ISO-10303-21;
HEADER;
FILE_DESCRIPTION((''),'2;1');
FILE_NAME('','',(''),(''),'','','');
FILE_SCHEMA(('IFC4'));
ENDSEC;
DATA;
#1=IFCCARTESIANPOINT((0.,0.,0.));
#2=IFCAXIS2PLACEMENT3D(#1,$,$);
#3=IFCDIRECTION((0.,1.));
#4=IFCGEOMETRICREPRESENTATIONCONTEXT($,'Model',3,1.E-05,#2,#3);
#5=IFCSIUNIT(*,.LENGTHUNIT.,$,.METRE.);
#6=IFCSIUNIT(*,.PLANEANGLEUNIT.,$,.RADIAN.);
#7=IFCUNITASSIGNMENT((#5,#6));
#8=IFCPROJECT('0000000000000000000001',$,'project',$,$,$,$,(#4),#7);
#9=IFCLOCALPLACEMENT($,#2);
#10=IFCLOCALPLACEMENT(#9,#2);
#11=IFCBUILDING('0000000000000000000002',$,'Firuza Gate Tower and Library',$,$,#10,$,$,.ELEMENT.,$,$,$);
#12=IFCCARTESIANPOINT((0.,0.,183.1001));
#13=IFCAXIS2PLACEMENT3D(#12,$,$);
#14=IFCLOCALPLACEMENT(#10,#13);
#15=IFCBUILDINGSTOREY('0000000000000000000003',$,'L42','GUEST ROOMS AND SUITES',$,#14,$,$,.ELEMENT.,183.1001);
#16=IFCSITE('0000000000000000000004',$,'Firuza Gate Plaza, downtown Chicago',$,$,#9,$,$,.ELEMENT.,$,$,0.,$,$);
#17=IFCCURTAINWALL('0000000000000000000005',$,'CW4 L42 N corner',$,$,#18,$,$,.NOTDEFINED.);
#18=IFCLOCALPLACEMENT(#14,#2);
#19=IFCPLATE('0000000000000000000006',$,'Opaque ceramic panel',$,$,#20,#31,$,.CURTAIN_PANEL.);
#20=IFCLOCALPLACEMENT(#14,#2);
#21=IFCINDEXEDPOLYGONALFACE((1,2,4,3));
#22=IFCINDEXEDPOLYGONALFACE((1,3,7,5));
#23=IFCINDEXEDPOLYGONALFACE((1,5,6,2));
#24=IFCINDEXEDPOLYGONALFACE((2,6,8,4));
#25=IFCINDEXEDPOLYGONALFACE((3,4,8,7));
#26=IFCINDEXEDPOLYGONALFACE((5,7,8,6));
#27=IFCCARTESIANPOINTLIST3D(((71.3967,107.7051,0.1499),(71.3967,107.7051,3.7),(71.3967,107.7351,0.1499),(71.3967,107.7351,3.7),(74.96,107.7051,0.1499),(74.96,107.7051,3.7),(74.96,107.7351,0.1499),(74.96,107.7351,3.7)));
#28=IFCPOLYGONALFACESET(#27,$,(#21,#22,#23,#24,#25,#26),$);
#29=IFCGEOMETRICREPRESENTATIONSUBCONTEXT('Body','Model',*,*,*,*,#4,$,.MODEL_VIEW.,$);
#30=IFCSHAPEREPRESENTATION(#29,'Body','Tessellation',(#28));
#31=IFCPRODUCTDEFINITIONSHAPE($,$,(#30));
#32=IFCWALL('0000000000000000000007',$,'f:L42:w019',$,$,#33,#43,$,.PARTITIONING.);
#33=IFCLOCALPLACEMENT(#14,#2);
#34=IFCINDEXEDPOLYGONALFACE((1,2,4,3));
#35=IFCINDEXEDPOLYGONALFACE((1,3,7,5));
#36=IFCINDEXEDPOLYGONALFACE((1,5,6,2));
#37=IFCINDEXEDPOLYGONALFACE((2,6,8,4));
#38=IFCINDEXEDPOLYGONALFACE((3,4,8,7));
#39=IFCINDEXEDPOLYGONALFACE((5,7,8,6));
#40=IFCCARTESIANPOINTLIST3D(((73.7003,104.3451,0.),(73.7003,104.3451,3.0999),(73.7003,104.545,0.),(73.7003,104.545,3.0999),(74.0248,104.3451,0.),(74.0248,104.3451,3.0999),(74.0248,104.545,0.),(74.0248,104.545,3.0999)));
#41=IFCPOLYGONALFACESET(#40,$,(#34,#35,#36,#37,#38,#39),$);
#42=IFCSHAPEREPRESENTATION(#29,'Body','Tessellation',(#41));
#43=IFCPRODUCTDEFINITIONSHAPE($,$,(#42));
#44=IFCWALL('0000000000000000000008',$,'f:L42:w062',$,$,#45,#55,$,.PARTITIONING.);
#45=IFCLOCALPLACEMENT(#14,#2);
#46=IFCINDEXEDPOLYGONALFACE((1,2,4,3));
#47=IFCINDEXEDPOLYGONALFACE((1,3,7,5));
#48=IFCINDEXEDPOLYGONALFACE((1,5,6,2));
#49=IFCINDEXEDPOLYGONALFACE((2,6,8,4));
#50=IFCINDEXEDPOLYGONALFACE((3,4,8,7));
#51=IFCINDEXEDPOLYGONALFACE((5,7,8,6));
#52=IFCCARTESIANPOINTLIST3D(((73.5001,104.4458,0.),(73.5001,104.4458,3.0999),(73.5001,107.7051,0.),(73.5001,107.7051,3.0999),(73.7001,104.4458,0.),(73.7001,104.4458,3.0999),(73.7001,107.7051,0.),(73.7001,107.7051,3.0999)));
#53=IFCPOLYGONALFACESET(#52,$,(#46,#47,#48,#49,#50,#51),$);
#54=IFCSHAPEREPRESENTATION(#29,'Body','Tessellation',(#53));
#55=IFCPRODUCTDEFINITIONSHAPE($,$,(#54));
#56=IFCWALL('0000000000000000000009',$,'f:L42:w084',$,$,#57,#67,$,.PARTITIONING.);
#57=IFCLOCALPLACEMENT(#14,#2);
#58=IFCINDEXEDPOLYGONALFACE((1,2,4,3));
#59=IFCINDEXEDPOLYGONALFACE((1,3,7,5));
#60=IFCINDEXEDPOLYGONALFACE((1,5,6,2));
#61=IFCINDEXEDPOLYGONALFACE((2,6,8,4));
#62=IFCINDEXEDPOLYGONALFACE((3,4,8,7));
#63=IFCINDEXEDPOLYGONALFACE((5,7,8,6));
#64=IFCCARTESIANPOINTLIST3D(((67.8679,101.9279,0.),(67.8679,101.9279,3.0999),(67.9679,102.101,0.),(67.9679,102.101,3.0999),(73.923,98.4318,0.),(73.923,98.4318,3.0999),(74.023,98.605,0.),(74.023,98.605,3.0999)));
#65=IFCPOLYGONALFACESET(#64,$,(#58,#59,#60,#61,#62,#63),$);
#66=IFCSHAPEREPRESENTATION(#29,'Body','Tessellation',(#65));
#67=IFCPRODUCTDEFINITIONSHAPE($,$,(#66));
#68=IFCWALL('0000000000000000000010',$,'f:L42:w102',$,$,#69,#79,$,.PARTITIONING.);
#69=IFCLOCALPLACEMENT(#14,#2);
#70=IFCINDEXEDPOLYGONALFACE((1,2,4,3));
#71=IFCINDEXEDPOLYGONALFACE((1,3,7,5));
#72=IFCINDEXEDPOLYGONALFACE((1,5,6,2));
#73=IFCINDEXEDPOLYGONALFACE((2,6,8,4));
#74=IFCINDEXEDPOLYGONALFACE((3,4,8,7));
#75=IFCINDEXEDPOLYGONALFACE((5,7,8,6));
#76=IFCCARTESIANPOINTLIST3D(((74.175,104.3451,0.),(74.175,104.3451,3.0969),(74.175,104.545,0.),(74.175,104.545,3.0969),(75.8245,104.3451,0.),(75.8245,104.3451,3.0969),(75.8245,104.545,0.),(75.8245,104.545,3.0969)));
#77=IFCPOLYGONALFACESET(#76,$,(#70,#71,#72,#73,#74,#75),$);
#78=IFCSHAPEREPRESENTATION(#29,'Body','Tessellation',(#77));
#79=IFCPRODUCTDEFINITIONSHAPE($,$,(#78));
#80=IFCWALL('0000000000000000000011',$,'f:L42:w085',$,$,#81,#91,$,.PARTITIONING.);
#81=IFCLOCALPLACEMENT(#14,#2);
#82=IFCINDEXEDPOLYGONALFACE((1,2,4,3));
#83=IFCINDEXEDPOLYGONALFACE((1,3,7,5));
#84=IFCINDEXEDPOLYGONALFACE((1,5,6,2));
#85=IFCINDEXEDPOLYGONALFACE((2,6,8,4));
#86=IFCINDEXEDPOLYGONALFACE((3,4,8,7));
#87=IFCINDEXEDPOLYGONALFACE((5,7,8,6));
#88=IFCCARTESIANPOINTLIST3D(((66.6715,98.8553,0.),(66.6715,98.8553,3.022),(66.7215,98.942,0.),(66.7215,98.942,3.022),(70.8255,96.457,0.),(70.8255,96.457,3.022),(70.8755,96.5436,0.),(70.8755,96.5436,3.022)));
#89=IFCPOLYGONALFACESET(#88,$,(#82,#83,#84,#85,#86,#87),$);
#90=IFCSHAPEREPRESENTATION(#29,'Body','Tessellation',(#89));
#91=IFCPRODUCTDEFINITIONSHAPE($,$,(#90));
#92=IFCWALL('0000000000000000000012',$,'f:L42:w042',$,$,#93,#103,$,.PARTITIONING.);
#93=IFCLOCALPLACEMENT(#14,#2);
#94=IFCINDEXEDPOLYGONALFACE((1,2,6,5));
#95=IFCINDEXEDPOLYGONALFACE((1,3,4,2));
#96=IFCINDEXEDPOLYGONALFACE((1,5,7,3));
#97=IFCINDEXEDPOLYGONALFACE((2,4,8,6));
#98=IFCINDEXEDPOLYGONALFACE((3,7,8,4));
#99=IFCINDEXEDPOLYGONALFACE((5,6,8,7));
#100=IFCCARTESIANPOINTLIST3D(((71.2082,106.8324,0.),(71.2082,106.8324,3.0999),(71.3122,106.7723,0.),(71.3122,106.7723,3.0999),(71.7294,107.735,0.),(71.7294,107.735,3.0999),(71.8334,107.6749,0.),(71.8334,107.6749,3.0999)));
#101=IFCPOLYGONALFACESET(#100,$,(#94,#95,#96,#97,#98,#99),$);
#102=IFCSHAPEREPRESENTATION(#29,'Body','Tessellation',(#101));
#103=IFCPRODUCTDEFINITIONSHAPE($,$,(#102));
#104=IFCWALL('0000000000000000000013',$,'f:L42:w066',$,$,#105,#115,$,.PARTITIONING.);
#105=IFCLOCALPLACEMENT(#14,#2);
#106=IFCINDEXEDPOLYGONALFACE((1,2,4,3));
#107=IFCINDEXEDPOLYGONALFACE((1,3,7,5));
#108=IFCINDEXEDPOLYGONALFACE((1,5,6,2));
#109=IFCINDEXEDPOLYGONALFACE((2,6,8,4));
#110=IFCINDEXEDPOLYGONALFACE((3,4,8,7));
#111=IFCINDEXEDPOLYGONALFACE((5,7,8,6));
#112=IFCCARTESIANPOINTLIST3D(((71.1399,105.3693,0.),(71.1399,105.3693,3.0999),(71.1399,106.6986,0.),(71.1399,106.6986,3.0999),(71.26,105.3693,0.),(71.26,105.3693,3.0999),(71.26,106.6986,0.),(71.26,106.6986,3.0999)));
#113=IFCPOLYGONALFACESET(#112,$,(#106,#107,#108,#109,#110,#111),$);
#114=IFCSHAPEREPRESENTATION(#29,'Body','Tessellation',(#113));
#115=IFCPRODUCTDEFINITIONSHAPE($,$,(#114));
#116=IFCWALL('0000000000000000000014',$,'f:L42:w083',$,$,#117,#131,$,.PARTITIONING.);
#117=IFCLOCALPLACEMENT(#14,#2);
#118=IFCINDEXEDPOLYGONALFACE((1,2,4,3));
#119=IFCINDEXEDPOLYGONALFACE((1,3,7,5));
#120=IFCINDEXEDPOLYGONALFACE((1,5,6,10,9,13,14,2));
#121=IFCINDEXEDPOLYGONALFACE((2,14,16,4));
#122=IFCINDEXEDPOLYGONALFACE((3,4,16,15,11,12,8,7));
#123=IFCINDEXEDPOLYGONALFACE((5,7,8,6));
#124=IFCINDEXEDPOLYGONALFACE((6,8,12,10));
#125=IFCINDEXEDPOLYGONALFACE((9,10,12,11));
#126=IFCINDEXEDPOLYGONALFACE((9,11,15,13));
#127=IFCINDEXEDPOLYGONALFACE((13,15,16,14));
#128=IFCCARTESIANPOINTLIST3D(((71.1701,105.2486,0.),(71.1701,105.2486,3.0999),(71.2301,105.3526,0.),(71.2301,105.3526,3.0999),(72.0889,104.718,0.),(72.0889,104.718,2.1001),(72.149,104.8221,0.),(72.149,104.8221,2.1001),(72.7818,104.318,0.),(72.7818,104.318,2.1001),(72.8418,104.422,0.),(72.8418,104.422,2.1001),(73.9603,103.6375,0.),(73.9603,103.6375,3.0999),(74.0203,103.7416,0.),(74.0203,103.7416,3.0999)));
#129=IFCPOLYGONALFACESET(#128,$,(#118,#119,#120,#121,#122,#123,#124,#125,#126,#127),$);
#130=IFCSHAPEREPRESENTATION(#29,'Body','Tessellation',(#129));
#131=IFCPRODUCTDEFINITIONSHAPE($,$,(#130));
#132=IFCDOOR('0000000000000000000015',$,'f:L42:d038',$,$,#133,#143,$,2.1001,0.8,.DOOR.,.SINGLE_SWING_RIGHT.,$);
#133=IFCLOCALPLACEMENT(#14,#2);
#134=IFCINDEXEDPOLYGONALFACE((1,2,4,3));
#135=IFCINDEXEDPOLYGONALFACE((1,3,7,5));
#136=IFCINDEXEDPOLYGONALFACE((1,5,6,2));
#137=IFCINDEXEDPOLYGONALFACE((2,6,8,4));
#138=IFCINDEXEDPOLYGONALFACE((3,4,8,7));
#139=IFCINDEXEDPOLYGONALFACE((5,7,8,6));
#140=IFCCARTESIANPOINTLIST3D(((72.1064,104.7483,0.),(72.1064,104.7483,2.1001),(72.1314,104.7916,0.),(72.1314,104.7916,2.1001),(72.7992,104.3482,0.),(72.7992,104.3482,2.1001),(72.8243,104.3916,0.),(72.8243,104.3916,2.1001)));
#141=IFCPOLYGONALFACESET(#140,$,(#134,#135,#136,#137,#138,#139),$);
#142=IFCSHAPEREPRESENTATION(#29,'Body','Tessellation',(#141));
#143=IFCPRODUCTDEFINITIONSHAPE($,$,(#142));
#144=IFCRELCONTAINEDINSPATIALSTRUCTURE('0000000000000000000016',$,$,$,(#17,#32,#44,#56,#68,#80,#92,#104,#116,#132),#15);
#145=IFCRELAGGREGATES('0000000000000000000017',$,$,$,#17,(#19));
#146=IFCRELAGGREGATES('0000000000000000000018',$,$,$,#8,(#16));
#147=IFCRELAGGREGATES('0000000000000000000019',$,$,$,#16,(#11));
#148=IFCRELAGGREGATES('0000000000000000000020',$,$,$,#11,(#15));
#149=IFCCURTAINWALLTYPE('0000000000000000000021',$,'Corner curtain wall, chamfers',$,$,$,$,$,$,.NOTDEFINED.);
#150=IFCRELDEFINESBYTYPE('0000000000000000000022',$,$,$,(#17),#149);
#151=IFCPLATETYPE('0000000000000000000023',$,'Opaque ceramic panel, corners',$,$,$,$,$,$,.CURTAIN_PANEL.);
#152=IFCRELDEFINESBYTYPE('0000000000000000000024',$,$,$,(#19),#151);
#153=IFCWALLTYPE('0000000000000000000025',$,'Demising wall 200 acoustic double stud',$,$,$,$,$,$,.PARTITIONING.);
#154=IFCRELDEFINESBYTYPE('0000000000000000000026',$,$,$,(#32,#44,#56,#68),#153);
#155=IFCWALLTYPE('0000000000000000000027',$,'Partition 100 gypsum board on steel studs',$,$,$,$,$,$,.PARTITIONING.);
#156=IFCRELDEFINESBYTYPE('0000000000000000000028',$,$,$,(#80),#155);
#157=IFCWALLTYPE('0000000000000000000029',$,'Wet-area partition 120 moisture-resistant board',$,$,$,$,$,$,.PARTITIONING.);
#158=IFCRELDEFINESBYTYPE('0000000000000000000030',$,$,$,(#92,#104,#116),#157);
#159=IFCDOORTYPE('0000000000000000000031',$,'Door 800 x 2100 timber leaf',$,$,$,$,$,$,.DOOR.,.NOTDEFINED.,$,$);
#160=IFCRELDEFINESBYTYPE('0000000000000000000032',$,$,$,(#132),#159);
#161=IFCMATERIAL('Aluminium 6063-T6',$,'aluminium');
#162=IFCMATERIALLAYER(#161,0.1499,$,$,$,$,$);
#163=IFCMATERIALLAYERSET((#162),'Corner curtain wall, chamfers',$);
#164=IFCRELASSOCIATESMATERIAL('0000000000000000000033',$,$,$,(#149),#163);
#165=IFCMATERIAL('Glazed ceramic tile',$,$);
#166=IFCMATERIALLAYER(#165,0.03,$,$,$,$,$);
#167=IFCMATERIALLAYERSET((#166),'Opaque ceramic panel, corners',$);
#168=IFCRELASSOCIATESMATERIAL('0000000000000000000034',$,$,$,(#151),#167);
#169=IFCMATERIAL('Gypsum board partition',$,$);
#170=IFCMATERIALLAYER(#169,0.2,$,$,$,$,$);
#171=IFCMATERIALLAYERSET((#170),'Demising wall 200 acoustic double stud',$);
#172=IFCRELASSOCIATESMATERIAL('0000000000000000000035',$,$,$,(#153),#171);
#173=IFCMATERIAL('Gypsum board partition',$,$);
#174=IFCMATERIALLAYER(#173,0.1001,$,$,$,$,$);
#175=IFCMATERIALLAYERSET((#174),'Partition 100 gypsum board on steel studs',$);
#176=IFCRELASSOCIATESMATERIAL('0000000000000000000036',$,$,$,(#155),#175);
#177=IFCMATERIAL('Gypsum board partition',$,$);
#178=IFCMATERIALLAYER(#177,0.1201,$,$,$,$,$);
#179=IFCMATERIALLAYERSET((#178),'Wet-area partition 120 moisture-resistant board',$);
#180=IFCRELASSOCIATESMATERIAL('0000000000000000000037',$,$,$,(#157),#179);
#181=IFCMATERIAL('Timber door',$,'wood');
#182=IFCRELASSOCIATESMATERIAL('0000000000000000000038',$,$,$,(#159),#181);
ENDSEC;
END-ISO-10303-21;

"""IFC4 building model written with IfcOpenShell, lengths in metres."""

from ifc_helpers import new_model, si_unit, direction, frame, frame_2d, origin, place, context, subcontext, project, spatial, polyline, rectangle, outline, extrude, material, layer, layer_set, type_object, element, fill, aggregate, save


model = new_model("IFC4")

# Units and contexts
model_context = context("Model", 3, precision=1e-05, world=origin(), true_north=direction((0.0, 1.0)))
body_context = subcontext(model_context, "Body", "Model", "MODEL_VIEW")
ifc_project = project(units=[si_unit("LENGTHUNIT", "METRE"), si_unit("PLANEANGLEUNIT", "RADIAN")], contexts=[model_context])

# Site, building, storey
site_placement = place(None, origin())
site = spatial("IfcSite", under=ifc_project, at=site_placement, Name="Firuza Gate Plaza, downtown Chicago", CompositionType="ELEMENT", RefElevation=0.0)
building_placement = place(site_placement, origin())
building = spatial("IfcBuilding", under=site, at=building_placement, Name="Firuza Gate Tower and Library", CompositionType="ELEMENT")
storey_placement = place(building_placement, frame((0.0, 0.0, 183.1001)))
storey = spatial("IfcBuildingStorey", under=building, at=storey_placement, Name="L42", Description="GUEST ROOMS AND SUITES", CompositionType="ELEMENT", Elevation=183.1001)

# Curtain wall, plate
ifc_material_1 = material(Name="Aluminium 6063-T6", Category="aluminium")
ifc_layer_1 = layer(ifc_material_1, 0.1499)
ifc_layer_set_1 = layer_set([ifc_layer_1], Name="Corner curtain wall, chamfers")
curtain_wall_type = type_object("IfcCurtainWallType", Name="Corner curtain wall, chamfers", PredefinedType="NOTDEFINED", material=ifc_layer_set_1)
curtain_wall_placement = place(storey_placement, origin())
curtain_wall = element("IfcCurtainWall", 1, at=curtain_wall_placement, inside=storey, type_object=curtain_wall_type, Name="CW4 L42 N corner", PredefinedType="NOTDEFINED")
ifc_material_2 = material(Name="Glazed ceramic tile")
ifc_layer_2 = layer(ifc_material_2, 0.03)
ifc_layer_set_2 = layer_set([ifc_layer_2], Name="Opaque ceramic panel, corners")
plate_type = type_object("IfcPlateType", Name="Opaque ceramic panel, corners", PredefinedType="CURTAIN_PANEL", material=ifc_layer_set_2)
plate_placement = place(storey_placement, frame((74.96, 107.7351, 0.1499), z_axis=(0.0, 1.0, 0.0), x_axis=(-1.0, 0.0, 0.0)))
plate = element("IfcPlate", 2, at=plate_placement, type_object=plate_type, Name="Opaque ceramic panel", PredefinedType="CURTAIN_PANEL", context=body_context, shape_type="SweptSolid", body=[
    extrude(outline(polyline([(0.0, 0.0), (3.5632, 0.0), (3.5632, 3.55), (0.0, 3.55), (0.0, 0.0)])), origin(), (0.0, 0.0, -1.0), 0.03),
])
aggregate(curtain_wall, [plate])

# Walls
ifc_material_3 = material(Name="Gypsum board partition")
ifc_layer_3 = layer(ifc_material_3, 0.2)
ifc_layer_set_3 = layer_set([ifc_layer_3], Name="Demising wall 200 acoustic double stud")
wall_type_1 = type_object("IfcWallType", Name="Demising wall 200 acoustic double stud", PredefinedType="PARTITIONING", material=ifc_layer_set_3)
wall_1_placement = place(storey_placement, frame((73.7004, 104.4451, 0.0), z_axis=(0.0, 0.0, 1.0), x_axis=(1.0, 0.0, 0.0)))
element("IfcWall", 3, at=wall_1_placement, inside=storey, type_object=wall_type_1, Name="f:L42:w019", PredefinedType="PARTITIONING", context=body_context, shape_type="SweptSolid", body=[
    extrude(rectangle(XDim=0.3245, YDim=0.2, at=frame_2d((0.1621, 0.0))), origin(), (0.0, 0.0, 1.0), 3.0999),
])
wall_2_placement = place(storey_placement, frame((73.6001, 104.4458, 0.0), z_axis=(0.0, 0.0, 1.0), x_axis=(0.0, 1.0, 0.0)))
element("IfcWall", 4, at=wall_2_placement, inside=storey, type_object=wall_type_1, Name="f:L42:w062", PredefinedType="PARTITIONING", context=body_context, shape_type="SweptSolid", body=[
    extrude(rectangle(XDim=3.2593, YDim=0.2, at=frame_2d((1.6296, 0.0))), origin(), (0.0, 0.0, 1.0), 3.0999),
])
wall_3_placement = place(storey_placement, frame((73.9731, 98.5183, 0.0), z_axis=(0.0, 0.0, 1.0), x_axis=(-0.866017, 0.500015, 0.0)))
element("IfcWall", 5, at=wall_3_placement, inside=storey, type_object=wall_type_1, Name="f:L42:w084", PredefinedType="PARTITIONING", context=body_context, shape_type="SweptSolid", body=[
    extrude(rectangle(XDim=6.9919, YDim=0.2, at=frame_2d((3.4961, 0.0))), origin(), (0.0, 0.0, 1.0), 3.0999),
])
wall_4_placement = place(storey_placement, frame((74.175, 104.4451, 0.0), z_axis=(0.0, 0.0, 1.0), x_axis=(1.0, 0.0, 0.0)))
element("IfcWall", 6, at=wall_4_placement, inside=storey, type_object=wall_type_1, Name="f:L42:w102", PredefinedType="PARTITIONING", context=body_context, shape_type="SweptSolid", body=[
    extrude(rectangle(XDim=1.6494, YDim=0.2, at=frame_2d((0.8247, 0.0))), origin(), (0.0, 0.0, 1.0), 3.0969),
])
ifc_material_4 = material(Name="Gypsum board partition")
ifc_layer_4 = layer(ifc_material_4, 0.1001)
ifc_layer_set_4 = layer_set([ifc_layer_4], Name="Partition 100 gypsum board on steel studs")
wall_type_2 = type_object("IfcWallType", Name="Partition 100 gypsum board on steel studs", PredefinedType="PARTITIONING", material=ifc_layer_set_4)
wall_5_placement = place(storey_placement, frame((70.8506, 96.5002, 0.0), z_axis=(0.0, 0.0, 1.0), x_axis=(-0.866017, 0.500015, 0.0)))
element("IfcWall", 7, at=wall_5_placement, inside=storey, type_object=wall_type_2, Name="f:L42:w085", PredefinedType="PARTITIONING", context=body_context, shape_type="SweptSolid", body=[
    extrude(rectangle(XDim=4.7966, YDim=0.1001, at=frame_2d((2.3984, 0.0))), origin(), (0.0, 0.0, 1.0), 3.022),
])
ifc_material_5 = material(Name="Gypsum board partition")
ifc_layer_5 = layer(ifc_material_5, 0.1201)
ifc_layer_set_5 = layer_set([ifc_layer_5], Name="Wet-area partition 120 moisture-resistant board")
wall_type_3 = type_object("IfcWallType", Name="Wet-area partition 120 moisture-resistant board", PredefinedType="PARTITIONING", material=ifc_layer_set_5)
wall_6_placement = place(storey_placement, frame((71.2603, 106.8025, 0.0), z_axis=(0.0, 0.0, 1.0), x_axis=(0.500094, 0.865971, 0.0)))
element("IfcWall", 8, at=wall_6_placement, inside=storey, type_object=wall_type_3, Name="f:L42:w042", PredefinedType="PARTITIONING", context=body_context, shape_type="SweptSolid", body=[
    extrude(rectangle(XDim=1.0422, YDim=0.1201, at=frame_2d((0.521, 0.0))), origin(), (0.0, 0.0, 1.0), 3.0999),
])
wall_7_placement = place(storey_placement, frame((71.2, 105.3694, 0.0), z_axis=(0.0, 0.0, 1.0), x_axis=(0.0, 1.0, 0.0)))
element("IfcWall", 9, at=wall_7_placement, inside=storey, type_object=wall_type_3, Name="f:L42:w066", PredefinedType="PARTITIONING", context=body_context, shape_type="SweptSolid", body=[
    extrude(rectangle(XDim=1.3293, YDim=0.1201, at=frame_2d((0.6646, 0.0))), origin(), (0.0, 0.0, 1.0), 3.0999),
])

# Wall, opening, door
wall_8_placement = place(storey_placement, frame((71.2002, 105.3005, 0.0), z_axis=(0.0, 0.0, 1.0), x_axis=(0.86601, -0.500026, 0.0)))
wall_8 = element("IfcWall", 10, at=wall_8_placement, inside=storey, type_object=wall_type_3, Name="f:L42:w083", PredefinedType="PARTITIONING", context=body_context, shape_type="SweptSolid", body=[
    extrude(rectangle(XDim=3.2219, YDim=0.1201, at=frame_2d((1.6108, 0.0))), origin(), (0.0, 0.0, 1.0), 3.0999),
])
opening_placement = place(wall_8_placement, frame((1.061, 0.0, 0.0)))
opening = element("IfcOpeningElement", 11, at=opening_placement, cuts=wall_8, PredefinedType="OPENING", context=body_context, shape_type="SweptSolid", body=[
    extrude(rectangle(XDim=0.8, YDim=2.1001, at=frame_2d((0.3999, 1.05))), frame((0.0, 0.0701, 0.0), z_axis=(0.0, -1.0, 0.0), x_axis=(1.0, 0.0, 0.0)), (0.0, 0.0, 1.0), 0.1401),
])
ifc_material_6 = material(Name="Timber door", Category="wood")
door_type = type_object("IfcDoorType", Name="Door 800 x 2100 timber leaf", OperationType="NOTDEFINED", PredefinedType="DOOR", material=ifc_material_6)
door_placement = place(opening_placement, origin())
door = element("IfcDoor", 12, at=door_placement, inside=storey, type_object=door_type, Name="f:L42:d038", OperationType="SINGLE_SWING_RIGHT", OverallHeight=2.1001, OverallWidth=0.8, PredefinedType="DOOR", context=body_context, shape_type="SweptSolid", body=[
    extrude(rectangle(XDim=0.8, YDim=2.1001, at=frame_2d((0.3999, 1.05))), frame((0.0, 0.0249, 0.0), z_axis=(0.0, -1.0, 0.0), x_axis=(1.0, 0.0, 0.0)), (0.0, 0.0, 1.0), 0.05),
])
fill(opening, door)

save(model, "model.ifc")
